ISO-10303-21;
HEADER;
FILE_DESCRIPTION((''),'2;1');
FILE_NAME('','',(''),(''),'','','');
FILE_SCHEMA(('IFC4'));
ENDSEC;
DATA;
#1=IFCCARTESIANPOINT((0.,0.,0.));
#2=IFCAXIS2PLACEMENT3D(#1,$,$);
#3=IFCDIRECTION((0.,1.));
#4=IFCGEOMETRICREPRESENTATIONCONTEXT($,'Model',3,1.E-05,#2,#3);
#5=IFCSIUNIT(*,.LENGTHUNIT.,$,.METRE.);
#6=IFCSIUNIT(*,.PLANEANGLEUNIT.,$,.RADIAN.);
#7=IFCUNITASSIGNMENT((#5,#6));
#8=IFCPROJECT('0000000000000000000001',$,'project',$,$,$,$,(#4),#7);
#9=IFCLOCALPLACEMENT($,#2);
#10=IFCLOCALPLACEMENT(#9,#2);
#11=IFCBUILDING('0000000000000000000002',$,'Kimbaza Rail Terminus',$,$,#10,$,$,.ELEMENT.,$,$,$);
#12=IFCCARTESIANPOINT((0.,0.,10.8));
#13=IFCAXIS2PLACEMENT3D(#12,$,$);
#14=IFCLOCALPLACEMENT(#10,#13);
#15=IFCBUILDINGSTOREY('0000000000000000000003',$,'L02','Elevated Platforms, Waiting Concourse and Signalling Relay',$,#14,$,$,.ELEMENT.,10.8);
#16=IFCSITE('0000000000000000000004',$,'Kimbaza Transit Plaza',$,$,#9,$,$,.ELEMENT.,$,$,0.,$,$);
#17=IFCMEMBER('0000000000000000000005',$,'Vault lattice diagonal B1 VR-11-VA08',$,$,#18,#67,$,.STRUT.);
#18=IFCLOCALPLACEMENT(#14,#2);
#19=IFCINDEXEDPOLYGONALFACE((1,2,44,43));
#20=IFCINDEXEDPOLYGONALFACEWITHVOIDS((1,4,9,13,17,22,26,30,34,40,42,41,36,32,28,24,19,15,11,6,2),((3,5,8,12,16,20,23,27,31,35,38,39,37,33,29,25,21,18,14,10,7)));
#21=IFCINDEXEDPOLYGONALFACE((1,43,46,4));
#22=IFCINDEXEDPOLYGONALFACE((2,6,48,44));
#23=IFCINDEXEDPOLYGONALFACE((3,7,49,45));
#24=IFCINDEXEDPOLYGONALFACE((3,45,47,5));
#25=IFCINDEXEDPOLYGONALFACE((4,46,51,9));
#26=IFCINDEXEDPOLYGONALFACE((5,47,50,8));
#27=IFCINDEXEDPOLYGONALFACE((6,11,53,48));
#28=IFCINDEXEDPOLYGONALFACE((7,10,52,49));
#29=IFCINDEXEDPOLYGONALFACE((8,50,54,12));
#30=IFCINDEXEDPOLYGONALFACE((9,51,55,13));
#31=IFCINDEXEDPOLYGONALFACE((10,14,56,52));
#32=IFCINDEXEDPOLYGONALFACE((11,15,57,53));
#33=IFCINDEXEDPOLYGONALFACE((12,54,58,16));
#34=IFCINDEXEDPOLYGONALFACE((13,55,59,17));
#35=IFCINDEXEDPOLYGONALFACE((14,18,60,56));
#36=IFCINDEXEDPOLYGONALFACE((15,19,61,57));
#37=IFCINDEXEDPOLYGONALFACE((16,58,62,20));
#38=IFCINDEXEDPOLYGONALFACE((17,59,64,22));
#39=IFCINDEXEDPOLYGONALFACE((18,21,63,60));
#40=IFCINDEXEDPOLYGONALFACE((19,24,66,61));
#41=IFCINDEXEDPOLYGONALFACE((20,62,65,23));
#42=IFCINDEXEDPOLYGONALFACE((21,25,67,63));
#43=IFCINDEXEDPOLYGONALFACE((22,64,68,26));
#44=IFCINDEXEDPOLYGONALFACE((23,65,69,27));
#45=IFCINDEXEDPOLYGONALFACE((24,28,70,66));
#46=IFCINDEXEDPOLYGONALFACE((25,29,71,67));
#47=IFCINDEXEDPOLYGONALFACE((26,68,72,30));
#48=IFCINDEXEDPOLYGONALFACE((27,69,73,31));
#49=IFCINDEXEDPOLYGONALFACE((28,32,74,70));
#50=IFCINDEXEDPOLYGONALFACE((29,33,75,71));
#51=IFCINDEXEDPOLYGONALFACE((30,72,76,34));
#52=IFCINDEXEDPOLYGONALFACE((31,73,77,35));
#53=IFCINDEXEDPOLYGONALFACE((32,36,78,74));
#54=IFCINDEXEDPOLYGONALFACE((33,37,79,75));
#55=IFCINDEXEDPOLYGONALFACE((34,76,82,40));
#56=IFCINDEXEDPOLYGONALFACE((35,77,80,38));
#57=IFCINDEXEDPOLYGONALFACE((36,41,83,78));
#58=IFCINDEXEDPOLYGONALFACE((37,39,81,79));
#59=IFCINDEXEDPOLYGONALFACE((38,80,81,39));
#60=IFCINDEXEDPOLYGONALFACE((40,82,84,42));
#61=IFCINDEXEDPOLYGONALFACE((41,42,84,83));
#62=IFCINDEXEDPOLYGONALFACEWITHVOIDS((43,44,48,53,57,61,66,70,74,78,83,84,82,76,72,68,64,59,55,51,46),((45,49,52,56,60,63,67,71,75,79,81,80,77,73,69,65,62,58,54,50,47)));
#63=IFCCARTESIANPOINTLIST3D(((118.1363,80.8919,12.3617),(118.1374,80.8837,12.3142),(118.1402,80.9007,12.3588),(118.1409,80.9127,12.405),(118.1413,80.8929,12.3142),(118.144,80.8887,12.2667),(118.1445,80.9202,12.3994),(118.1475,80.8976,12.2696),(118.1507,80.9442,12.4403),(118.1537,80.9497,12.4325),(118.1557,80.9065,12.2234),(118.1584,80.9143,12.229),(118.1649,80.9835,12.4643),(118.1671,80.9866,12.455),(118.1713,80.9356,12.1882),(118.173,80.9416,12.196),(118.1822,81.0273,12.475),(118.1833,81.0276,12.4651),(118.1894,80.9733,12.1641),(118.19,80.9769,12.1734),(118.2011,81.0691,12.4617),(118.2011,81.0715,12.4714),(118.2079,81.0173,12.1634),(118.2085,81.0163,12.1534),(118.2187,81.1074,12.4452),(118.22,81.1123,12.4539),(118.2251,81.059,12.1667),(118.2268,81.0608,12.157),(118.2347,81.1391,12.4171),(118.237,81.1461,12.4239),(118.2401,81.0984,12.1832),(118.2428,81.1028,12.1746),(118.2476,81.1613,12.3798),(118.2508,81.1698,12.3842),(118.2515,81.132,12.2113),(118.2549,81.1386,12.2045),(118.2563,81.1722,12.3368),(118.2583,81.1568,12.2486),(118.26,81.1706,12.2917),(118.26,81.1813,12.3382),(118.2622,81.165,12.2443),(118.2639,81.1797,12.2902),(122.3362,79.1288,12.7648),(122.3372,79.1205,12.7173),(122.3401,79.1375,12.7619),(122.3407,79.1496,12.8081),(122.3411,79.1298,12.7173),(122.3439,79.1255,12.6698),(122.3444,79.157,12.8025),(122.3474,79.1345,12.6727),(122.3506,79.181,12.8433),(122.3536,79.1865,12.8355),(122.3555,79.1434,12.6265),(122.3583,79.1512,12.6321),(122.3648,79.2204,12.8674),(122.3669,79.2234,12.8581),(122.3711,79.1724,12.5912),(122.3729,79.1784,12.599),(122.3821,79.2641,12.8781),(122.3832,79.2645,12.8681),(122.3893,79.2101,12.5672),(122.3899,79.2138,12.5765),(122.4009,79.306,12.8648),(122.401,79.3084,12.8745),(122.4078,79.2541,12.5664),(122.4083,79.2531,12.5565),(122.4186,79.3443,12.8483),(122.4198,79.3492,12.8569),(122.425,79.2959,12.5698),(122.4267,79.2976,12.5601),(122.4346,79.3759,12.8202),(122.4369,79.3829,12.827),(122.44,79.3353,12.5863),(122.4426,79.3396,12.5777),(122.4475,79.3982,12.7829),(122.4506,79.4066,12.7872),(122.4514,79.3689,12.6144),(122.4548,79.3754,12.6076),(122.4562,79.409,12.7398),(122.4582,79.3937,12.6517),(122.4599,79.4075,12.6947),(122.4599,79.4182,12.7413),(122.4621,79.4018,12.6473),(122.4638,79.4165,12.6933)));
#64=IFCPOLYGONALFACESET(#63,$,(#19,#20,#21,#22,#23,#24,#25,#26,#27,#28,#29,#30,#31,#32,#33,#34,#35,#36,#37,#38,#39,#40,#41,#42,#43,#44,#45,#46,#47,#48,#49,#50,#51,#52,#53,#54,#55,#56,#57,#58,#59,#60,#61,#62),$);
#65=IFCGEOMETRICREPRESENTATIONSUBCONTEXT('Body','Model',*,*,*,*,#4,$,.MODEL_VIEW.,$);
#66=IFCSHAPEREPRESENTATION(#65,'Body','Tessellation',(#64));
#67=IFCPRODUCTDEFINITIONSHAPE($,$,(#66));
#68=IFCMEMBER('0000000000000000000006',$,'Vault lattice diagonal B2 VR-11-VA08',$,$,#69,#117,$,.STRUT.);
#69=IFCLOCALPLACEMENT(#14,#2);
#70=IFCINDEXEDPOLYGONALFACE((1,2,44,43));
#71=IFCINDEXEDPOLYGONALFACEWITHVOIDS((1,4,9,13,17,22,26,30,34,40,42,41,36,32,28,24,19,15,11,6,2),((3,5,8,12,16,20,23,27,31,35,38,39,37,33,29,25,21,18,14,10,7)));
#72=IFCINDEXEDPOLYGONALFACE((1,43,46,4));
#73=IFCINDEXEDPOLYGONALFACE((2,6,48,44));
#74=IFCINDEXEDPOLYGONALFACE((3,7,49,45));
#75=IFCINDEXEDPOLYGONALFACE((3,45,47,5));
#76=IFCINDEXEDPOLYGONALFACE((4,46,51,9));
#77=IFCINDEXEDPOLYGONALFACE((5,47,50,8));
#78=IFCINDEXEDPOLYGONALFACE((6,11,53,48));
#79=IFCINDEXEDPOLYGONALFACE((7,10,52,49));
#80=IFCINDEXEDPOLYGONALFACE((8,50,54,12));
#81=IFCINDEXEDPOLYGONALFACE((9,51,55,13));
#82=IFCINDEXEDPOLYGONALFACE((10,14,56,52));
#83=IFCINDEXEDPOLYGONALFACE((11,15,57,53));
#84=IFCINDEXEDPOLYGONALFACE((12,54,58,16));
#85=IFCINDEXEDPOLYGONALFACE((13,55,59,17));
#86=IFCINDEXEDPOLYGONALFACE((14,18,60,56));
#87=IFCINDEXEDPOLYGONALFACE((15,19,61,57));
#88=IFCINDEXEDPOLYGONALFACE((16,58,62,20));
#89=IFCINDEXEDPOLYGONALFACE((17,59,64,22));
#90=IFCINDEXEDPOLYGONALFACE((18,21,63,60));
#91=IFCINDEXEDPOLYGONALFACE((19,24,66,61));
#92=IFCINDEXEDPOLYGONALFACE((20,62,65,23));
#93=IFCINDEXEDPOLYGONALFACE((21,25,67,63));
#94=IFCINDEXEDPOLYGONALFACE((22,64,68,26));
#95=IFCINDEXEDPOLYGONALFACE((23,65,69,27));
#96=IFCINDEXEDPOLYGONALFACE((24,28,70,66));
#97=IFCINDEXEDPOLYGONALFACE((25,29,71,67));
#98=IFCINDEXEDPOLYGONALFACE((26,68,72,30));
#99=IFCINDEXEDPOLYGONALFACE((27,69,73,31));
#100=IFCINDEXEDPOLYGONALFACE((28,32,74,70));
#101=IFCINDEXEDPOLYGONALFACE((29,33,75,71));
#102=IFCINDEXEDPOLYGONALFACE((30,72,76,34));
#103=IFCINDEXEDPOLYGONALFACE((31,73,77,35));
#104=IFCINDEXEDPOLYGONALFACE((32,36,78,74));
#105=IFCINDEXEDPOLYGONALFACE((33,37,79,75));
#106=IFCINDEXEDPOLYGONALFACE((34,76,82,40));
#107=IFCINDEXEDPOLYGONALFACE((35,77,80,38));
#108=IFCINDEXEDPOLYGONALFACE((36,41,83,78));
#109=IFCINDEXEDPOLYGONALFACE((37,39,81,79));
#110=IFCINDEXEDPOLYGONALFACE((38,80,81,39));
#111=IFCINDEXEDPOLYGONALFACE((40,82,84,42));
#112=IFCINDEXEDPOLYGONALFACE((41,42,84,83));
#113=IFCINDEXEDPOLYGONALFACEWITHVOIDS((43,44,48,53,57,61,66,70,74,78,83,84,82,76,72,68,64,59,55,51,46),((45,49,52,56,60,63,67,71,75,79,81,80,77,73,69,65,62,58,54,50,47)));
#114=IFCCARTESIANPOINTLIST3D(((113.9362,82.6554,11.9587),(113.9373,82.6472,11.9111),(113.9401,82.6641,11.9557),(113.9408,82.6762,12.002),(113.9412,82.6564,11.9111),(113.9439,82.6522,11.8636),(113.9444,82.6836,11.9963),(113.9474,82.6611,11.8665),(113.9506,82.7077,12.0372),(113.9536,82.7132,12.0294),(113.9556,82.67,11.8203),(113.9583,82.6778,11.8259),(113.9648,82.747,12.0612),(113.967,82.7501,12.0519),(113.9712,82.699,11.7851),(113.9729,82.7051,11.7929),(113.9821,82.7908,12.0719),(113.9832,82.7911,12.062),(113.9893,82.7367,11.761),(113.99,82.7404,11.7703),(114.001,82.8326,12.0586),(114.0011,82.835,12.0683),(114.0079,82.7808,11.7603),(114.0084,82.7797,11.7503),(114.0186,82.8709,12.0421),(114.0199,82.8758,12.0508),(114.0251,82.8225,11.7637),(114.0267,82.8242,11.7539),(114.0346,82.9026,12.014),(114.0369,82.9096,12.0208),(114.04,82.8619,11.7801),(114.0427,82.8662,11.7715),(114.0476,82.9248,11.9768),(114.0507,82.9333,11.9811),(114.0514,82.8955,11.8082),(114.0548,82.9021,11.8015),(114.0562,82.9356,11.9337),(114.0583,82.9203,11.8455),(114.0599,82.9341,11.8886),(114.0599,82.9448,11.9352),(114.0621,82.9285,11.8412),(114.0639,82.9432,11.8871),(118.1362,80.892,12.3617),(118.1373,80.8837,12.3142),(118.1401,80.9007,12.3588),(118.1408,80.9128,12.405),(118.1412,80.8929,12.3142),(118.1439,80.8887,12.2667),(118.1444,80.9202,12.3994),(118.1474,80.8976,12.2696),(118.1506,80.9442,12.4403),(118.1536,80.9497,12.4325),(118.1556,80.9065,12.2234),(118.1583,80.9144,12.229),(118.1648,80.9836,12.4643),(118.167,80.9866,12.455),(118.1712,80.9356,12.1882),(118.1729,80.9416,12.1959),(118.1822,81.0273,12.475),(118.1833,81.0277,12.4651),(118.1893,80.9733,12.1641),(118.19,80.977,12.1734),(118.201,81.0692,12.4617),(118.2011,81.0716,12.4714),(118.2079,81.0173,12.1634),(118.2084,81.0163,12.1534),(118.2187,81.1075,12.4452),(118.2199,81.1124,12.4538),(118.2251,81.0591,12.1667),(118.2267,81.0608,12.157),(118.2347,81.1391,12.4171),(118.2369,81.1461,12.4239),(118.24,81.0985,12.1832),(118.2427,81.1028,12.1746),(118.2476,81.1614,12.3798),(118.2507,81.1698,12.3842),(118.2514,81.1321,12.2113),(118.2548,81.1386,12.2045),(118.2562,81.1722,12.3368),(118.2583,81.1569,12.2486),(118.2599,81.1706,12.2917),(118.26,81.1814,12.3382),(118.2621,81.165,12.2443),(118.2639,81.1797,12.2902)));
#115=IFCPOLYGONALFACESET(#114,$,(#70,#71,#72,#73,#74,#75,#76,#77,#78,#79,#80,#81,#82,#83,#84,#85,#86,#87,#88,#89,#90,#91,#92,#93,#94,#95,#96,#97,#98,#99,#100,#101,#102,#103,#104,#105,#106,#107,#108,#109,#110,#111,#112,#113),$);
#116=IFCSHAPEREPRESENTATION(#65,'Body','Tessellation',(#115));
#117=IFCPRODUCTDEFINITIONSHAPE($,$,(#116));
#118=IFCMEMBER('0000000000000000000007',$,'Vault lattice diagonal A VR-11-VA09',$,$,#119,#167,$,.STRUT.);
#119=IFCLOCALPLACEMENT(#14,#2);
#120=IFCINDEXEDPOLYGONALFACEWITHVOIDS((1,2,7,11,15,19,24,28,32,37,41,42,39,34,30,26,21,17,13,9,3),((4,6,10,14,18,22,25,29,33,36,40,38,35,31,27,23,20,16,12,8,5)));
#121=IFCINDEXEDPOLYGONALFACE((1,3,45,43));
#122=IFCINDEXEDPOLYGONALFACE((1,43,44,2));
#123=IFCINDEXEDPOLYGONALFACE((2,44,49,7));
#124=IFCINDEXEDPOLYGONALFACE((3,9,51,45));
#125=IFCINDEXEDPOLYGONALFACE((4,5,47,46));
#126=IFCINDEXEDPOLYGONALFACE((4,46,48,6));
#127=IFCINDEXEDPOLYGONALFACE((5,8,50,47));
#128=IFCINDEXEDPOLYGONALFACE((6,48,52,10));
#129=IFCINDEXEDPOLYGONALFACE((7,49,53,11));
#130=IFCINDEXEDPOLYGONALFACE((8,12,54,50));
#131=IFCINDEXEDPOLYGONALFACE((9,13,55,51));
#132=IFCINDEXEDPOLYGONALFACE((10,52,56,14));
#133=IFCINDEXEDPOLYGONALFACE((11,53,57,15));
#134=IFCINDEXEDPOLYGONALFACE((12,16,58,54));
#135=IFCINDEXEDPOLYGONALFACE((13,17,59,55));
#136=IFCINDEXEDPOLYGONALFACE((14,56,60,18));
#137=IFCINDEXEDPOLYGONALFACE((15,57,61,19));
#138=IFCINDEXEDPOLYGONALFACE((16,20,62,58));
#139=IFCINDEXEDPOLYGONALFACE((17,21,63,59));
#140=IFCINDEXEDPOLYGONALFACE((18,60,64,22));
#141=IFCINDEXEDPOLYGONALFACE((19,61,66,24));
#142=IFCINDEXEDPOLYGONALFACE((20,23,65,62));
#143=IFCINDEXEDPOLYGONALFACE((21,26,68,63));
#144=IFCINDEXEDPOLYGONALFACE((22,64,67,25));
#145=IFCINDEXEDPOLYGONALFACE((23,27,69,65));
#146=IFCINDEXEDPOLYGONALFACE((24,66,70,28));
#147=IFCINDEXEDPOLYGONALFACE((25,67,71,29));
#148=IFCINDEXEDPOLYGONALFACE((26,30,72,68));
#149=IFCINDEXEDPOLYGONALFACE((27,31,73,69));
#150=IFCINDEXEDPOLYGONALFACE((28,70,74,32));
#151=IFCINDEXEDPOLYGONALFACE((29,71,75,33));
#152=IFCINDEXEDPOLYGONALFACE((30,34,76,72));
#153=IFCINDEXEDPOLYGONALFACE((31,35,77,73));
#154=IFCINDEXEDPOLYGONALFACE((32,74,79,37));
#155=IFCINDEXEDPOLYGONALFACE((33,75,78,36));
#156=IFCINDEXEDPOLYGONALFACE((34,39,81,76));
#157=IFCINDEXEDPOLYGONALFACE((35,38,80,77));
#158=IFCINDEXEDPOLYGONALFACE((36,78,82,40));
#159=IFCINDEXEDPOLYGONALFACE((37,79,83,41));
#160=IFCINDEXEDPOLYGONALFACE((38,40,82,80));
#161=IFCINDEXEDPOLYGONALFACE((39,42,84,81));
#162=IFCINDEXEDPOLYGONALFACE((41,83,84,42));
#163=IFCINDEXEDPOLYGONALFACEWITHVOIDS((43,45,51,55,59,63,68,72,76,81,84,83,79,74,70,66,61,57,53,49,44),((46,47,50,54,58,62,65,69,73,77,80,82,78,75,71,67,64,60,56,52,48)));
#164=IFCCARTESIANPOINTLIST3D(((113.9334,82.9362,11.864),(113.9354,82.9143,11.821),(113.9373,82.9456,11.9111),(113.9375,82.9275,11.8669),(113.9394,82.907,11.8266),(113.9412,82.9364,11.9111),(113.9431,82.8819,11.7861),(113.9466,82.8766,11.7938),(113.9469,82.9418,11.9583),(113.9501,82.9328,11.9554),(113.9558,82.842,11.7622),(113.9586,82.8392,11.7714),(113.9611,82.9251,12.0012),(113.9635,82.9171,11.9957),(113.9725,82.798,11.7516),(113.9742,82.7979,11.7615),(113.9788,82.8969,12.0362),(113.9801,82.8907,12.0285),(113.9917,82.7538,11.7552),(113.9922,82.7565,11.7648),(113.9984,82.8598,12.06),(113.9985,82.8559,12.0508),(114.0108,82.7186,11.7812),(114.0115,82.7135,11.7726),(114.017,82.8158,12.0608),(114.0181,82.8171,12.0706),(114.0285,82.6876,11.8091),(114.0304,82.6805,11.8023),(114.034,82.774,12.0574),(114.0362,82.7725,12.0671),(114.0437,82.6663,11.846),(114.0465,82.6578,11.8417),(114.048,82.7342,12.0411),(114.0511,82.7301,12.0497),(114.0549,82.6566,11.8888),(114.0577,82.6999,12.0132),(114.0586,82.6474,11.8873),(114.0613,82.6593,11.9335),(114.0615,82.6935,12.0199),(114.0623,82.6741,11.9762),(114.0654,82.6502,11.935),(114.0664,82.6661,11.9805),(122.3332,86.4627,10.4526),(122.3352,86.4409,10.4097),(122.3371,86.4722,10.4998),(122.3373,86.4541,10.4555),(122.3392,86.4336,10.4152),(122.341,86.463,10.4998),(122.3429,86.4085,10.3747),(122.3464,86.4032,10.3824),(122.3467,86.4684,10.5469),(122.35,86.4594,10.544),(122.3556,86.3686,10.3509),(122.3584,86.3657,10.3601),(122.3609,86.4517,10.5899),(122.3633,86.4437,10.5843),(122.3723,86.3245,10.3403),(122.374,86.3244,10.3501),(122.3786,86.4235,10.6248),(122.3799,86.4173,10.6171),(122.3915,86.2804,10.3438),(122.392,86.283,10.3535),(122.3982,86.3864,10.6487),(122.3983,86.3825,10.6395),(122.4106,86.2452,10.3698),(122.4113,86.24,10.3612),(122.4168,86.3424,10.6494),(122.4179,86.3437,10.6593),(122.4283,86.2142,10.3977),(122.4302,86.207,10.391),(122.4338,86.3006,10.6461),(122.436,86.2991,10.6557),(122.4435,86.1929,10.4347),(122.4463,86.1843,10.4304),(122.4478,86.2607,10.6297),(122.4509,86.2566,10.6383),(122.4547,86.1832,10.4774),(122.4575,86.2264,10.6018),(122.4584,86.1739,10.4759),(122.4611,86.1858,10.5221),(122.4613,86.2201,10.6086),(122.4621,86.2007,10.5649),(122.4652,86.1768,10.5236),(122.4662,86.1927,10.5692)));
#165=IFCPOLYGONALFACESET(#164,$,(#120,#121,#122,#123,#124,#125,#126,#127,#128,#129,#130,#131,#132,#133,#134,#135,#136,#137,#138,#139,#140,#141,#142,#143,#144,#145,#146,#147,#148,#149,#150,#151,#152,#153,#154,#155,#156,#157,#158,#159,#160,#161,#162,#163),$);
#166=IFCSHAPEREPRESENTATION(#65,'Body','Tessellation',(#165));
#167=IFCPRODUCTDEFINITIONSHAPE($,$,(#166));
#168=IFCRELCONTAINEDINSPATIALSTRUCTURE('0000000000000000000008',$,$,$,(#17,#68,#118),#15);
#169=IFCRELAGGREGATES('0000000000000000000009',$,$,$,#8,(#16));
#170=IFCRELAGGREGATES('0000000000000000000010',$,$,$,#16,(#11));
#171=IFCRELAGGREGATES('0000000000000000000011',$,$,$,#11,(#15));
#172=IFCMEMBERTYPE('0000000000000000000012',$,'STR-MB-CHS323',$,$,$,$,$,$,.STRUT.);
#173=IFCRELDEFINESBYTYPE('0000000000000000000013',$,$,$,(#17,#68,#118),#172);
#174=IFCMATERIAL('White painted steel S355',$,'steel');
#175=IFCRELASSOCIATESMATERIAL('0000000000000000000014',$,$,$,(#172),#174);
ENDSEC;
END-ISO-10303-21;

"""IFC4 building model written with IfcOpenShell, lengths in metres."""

from ifc_helpers import new_model, si_unit, direction, frame, origin, origin_2d, place, context, subcontext, project, spatial, hollow_circle, extrude, material, material_profile, profile_set, type_object, element, save


model = new_model("IFC4")

# Units and contexts
model_context = context("Model", 3, precision=1e-05, world=origin(), true_north=direction((0.0, 1.0)))
body_context = subcontext(model_context, "Body", "Model", "MODEL_VIEW")
ifc_project = project(units=[si_unit("LENGTHUNIT", "METRE"), si_unit("PLANEANGLEUNIT", "RADIAN")], contexts=[model_context])

# Site, building, storey
site_placement = place(None, origin())
site = spatial("IfcSite", under=ifc_project, at=site_placement, Name="Kimbaza Transit Plaza", CompositionType="ELEMENT", RefElevation=0.0)
building_placement = place(site_placement, origin())
building = spatial("IfcBuilding", under=site, at=building_placement, Name="Kimbaza Rail Terminus", CompositionType="ELEMENT")
storey_placement = place(building_placement, frame((0.0, 0.0, 10.8)))
storey = spatial("IfcBuildingStorey", under=building, at=storey_placement, Name="L02", Description="Elevated Platforms, Waiting Concourse and Signalling Relay", CompositionType="ELEMENT", Elevation=10.8)

# Members
ifc_material_1 = material(Name="White painted steel S355", Category="steel")
ifc_material_profile_1 = material_profile(ifc_material_1, hollow_circle(Radius=0.1619, WallThickness=0.01, at=origin_2d()), Name="CHS 323.9x10")
ifc_profile_set_1 = profile_set([ifc_material_profile_1], Name="White painted steel S355")
member_type_1 = type_object("IfcMemberType", Name="STR-MB-CHS323", PredefinedType="STRUT", material=ifc_profile_set_1)
member_1_placement = place(storey_placement, frame((122.3999, 79.2698, 12.7173), z_axis=(-0.918456, 0.385577, -0.088146), x_axis=(-0.387084, -0.922044, 0.0)))
element("IfcMember", 1, at=member_1_placement, inside=storey, type_object=member_type_1, Name="Vault lattice diagonal B1 VR-11-VA08", PredefinedType="STRUT", context=body_context, shape_type="SweptSolid", body=[
    extrude(hollow_circle(Radius=0.1619, WallThickness=0.01, at=origin_2d()), origin(), (0.0, 0.0, 1.0), 4.5728),
])
member_2_placement = place(storey_placement, frame((118.2, 81.033, 12.3142), z_axis=(-0.918437, 0.385623, -0.088144), x_axis=(-0.38713, -0.922025, 0.0)))
element("IfcMember", 2, at=member_2_placement, inside=storey, type_object=member_type_1, Name="Vault lattice diagonal B2 VR-11-VA08", PredefinedType="STRUT", context=body_context, shape_type="SweptSolid", body=[
    extrude(hollow_circle(Radius=0.1619, WallThickness=0.01, at=origin_2d()), origin(), (0.0, 0.0, 1.0), 4.573),
])
member_3_placement = place(storey_placement, frame((114.0, 82.7964, 11.9111), z_axis=(0.911165, 0.382543, -0.153097), x_axis=(-0.387107, 0.922035, 0.0)))
element("IfcMember", 3, at=member_3_placement, inside=storey, type_object=member_type_1, Name="Vault lattice diagonal A VR-11-VA09", PredefinedType="STRUT", context=body_context, shape_type="SweptSolid", body=[
    extrude(hollow_circle(Radius=0.1619, WallThickness=0.01, at=origin_2d()), origin(), (0.0, 0.0, 1.0), 9.2188),
])

save(model, "model.ifc")
